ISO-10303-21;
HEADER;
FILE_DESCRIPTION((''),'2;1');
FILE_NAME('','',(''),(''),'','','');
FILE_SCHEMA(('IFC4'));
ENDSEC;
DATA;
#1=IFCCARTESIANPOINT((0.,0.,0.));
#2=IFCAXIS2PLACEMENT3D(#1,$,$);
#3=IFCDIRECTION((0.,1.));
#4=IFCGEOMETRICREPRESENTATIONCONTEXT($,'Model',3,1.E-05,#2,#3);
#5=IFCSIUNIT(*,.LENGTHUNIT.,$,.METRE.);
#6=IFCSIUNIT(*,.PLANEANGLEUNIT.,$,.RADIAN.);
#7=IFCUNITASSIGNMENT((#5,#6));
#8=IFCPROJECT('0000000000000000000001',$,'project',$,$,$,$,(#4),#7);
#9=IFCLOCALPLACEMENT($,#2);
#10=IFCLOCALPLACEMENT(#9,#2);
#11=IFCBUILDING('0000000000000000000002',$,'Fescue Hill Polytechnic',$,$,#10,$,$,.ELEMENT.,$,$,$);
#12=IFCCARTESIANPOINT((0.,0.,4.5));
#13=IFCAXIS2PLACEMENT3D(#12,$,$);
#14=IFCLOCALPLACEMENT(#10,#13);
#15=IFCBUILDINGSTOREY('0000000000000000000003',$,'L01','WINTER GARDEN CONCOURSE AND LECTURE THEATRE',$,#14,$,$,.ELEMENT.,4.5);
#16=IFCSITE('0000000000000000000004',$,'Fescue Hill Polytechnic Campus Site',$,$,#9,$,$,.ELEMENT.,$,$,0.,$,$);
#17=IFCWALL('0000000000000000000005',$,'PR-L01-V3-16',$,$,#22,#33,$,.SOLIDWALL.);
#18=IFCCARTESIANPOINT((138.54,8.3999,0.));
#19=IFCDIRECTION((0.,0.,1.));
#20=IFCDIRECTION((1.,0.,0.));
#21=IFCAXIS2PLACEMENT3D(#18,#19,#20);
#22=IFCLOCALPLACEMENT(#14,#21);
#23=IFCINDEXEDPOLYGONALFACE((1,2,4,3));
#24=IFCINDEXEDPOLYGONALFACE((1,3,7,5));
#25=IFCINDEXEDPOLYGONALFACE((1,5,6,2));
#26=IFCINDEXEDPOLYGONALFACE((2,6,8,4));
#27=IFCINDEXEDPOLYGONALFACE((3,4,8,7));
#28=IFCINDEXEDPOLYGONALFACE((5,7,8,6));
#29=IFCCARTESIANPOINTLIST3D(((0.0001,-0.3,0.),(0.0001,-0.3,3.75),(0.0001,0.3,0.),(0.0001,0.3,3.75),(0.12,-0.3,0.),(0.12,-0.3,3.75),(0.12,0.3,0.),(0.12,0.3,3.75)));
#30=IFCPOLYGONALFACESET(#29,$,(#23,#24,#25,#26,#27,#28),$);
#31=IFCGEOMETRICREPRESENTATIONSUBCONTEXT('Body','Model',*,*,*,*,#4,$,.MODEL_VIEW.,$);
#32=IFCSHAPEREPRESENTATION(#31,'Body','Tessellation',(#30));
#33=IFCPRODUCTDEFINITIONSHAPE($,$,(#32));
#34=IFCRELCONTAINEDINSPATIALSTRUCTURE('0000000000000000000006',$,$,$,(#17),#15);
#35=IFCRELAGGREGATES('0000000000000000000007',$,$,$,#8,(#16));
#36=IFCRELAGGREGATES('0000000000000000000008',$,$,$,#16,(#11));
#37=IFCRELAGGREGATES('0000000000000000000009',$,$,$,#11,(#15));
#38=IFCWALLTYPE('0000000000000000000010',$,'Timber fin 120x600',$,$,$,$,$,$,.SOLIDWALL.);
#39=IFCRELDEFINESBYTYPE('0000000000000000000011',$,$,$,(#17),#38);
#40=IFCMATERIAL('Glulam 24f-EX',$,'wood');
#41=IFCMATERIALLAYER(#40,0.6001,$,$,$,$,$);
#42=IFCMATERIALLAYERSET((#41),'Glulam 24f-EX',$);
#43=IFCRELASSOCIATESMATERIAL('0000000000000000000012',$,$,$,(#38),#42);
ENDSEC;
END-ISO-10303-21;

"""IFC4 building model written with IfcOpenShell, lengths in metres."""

from ifc_helpers import new_model, si_unit, direction, frame, frame_2d, origin, place, context, subcontext, project, spatial, rectangle, extrude, material, layer, layer_set, type_object, element, save


model = new_model("IFC4")

# Units and contexts
model_context = context("Model", 3, precision=1e-05, world=origin(), true_north=direction((0.0, 1.0)))
body_context = subcontext(model_context, "Body", "Model", "MODEL_VIEW")
ifc_project = project(units=[si_unit("LENGTHUNIT", "METRE"), si_unit("PLANEANGLEUNIT", "RADIAN")], contexts=[model_context])

# Site, building, storey
site_placement = place(None, origin())
site = spatial("IfcSite", under=ifc_project, at=site_placement, Name="Fescue Hill Polytechnic Campus Site", CompositionType="ELEMENT", RefElevation=0.0)
building_placement = place(site_placement, origin())
building = spatial("IfcBuilding", under=site, at=building_placement, Name="Fescue Hill Polytechnic", CompositionType="ELEMENT")
storey_placement = place(building_placement, frame((0.0, 0.0, 4.5)))
storey = spatial("IfcBuildingStorey", under=building, at=storey_placement, Name="L01", Description="WINTER GARDEN CONCOURSE AND LECTURE THEATRE", CompositionType="ELEMENT", Elevation=4.5)

# Wall
ifc_material_1 = material(Name="Glulam 24f-EX", Category="wood")
ifc_layer_1 = layer(ifc_material_1, 0.6001)
ifc_layer_set_1 = layer_set([ifc_layer_1], Name="Glulam 24f-EX")
wall_type = type_object("IfcWallType", Name="Timber fin 120x600", PredefinedType="SOLIDWALL", material=ifc_layer_set_1)
wall_placement = place(storey_placement, frame((138.54, 8.3999, 0.0), z_axis=(0.0, 0.0, 1.0), x_axis=(1.0, 0.0, 0.0)))
element("IfcWall", 1, at=wall_placement, inside=storey, type_object=wall_type, Name="PR-L01-V3-16", PredefinedType="SOLIDWALL", context=body_context, shape_type="SweptSolid", body=[
    extrude(rectangle(XDim=0.1199, YDim=0.6001, at=frame_2d((0.0601, 0.0))), origin(), (0.0, 0.0, 1.0), 3.75),
])

save(model, "model.ifc")
